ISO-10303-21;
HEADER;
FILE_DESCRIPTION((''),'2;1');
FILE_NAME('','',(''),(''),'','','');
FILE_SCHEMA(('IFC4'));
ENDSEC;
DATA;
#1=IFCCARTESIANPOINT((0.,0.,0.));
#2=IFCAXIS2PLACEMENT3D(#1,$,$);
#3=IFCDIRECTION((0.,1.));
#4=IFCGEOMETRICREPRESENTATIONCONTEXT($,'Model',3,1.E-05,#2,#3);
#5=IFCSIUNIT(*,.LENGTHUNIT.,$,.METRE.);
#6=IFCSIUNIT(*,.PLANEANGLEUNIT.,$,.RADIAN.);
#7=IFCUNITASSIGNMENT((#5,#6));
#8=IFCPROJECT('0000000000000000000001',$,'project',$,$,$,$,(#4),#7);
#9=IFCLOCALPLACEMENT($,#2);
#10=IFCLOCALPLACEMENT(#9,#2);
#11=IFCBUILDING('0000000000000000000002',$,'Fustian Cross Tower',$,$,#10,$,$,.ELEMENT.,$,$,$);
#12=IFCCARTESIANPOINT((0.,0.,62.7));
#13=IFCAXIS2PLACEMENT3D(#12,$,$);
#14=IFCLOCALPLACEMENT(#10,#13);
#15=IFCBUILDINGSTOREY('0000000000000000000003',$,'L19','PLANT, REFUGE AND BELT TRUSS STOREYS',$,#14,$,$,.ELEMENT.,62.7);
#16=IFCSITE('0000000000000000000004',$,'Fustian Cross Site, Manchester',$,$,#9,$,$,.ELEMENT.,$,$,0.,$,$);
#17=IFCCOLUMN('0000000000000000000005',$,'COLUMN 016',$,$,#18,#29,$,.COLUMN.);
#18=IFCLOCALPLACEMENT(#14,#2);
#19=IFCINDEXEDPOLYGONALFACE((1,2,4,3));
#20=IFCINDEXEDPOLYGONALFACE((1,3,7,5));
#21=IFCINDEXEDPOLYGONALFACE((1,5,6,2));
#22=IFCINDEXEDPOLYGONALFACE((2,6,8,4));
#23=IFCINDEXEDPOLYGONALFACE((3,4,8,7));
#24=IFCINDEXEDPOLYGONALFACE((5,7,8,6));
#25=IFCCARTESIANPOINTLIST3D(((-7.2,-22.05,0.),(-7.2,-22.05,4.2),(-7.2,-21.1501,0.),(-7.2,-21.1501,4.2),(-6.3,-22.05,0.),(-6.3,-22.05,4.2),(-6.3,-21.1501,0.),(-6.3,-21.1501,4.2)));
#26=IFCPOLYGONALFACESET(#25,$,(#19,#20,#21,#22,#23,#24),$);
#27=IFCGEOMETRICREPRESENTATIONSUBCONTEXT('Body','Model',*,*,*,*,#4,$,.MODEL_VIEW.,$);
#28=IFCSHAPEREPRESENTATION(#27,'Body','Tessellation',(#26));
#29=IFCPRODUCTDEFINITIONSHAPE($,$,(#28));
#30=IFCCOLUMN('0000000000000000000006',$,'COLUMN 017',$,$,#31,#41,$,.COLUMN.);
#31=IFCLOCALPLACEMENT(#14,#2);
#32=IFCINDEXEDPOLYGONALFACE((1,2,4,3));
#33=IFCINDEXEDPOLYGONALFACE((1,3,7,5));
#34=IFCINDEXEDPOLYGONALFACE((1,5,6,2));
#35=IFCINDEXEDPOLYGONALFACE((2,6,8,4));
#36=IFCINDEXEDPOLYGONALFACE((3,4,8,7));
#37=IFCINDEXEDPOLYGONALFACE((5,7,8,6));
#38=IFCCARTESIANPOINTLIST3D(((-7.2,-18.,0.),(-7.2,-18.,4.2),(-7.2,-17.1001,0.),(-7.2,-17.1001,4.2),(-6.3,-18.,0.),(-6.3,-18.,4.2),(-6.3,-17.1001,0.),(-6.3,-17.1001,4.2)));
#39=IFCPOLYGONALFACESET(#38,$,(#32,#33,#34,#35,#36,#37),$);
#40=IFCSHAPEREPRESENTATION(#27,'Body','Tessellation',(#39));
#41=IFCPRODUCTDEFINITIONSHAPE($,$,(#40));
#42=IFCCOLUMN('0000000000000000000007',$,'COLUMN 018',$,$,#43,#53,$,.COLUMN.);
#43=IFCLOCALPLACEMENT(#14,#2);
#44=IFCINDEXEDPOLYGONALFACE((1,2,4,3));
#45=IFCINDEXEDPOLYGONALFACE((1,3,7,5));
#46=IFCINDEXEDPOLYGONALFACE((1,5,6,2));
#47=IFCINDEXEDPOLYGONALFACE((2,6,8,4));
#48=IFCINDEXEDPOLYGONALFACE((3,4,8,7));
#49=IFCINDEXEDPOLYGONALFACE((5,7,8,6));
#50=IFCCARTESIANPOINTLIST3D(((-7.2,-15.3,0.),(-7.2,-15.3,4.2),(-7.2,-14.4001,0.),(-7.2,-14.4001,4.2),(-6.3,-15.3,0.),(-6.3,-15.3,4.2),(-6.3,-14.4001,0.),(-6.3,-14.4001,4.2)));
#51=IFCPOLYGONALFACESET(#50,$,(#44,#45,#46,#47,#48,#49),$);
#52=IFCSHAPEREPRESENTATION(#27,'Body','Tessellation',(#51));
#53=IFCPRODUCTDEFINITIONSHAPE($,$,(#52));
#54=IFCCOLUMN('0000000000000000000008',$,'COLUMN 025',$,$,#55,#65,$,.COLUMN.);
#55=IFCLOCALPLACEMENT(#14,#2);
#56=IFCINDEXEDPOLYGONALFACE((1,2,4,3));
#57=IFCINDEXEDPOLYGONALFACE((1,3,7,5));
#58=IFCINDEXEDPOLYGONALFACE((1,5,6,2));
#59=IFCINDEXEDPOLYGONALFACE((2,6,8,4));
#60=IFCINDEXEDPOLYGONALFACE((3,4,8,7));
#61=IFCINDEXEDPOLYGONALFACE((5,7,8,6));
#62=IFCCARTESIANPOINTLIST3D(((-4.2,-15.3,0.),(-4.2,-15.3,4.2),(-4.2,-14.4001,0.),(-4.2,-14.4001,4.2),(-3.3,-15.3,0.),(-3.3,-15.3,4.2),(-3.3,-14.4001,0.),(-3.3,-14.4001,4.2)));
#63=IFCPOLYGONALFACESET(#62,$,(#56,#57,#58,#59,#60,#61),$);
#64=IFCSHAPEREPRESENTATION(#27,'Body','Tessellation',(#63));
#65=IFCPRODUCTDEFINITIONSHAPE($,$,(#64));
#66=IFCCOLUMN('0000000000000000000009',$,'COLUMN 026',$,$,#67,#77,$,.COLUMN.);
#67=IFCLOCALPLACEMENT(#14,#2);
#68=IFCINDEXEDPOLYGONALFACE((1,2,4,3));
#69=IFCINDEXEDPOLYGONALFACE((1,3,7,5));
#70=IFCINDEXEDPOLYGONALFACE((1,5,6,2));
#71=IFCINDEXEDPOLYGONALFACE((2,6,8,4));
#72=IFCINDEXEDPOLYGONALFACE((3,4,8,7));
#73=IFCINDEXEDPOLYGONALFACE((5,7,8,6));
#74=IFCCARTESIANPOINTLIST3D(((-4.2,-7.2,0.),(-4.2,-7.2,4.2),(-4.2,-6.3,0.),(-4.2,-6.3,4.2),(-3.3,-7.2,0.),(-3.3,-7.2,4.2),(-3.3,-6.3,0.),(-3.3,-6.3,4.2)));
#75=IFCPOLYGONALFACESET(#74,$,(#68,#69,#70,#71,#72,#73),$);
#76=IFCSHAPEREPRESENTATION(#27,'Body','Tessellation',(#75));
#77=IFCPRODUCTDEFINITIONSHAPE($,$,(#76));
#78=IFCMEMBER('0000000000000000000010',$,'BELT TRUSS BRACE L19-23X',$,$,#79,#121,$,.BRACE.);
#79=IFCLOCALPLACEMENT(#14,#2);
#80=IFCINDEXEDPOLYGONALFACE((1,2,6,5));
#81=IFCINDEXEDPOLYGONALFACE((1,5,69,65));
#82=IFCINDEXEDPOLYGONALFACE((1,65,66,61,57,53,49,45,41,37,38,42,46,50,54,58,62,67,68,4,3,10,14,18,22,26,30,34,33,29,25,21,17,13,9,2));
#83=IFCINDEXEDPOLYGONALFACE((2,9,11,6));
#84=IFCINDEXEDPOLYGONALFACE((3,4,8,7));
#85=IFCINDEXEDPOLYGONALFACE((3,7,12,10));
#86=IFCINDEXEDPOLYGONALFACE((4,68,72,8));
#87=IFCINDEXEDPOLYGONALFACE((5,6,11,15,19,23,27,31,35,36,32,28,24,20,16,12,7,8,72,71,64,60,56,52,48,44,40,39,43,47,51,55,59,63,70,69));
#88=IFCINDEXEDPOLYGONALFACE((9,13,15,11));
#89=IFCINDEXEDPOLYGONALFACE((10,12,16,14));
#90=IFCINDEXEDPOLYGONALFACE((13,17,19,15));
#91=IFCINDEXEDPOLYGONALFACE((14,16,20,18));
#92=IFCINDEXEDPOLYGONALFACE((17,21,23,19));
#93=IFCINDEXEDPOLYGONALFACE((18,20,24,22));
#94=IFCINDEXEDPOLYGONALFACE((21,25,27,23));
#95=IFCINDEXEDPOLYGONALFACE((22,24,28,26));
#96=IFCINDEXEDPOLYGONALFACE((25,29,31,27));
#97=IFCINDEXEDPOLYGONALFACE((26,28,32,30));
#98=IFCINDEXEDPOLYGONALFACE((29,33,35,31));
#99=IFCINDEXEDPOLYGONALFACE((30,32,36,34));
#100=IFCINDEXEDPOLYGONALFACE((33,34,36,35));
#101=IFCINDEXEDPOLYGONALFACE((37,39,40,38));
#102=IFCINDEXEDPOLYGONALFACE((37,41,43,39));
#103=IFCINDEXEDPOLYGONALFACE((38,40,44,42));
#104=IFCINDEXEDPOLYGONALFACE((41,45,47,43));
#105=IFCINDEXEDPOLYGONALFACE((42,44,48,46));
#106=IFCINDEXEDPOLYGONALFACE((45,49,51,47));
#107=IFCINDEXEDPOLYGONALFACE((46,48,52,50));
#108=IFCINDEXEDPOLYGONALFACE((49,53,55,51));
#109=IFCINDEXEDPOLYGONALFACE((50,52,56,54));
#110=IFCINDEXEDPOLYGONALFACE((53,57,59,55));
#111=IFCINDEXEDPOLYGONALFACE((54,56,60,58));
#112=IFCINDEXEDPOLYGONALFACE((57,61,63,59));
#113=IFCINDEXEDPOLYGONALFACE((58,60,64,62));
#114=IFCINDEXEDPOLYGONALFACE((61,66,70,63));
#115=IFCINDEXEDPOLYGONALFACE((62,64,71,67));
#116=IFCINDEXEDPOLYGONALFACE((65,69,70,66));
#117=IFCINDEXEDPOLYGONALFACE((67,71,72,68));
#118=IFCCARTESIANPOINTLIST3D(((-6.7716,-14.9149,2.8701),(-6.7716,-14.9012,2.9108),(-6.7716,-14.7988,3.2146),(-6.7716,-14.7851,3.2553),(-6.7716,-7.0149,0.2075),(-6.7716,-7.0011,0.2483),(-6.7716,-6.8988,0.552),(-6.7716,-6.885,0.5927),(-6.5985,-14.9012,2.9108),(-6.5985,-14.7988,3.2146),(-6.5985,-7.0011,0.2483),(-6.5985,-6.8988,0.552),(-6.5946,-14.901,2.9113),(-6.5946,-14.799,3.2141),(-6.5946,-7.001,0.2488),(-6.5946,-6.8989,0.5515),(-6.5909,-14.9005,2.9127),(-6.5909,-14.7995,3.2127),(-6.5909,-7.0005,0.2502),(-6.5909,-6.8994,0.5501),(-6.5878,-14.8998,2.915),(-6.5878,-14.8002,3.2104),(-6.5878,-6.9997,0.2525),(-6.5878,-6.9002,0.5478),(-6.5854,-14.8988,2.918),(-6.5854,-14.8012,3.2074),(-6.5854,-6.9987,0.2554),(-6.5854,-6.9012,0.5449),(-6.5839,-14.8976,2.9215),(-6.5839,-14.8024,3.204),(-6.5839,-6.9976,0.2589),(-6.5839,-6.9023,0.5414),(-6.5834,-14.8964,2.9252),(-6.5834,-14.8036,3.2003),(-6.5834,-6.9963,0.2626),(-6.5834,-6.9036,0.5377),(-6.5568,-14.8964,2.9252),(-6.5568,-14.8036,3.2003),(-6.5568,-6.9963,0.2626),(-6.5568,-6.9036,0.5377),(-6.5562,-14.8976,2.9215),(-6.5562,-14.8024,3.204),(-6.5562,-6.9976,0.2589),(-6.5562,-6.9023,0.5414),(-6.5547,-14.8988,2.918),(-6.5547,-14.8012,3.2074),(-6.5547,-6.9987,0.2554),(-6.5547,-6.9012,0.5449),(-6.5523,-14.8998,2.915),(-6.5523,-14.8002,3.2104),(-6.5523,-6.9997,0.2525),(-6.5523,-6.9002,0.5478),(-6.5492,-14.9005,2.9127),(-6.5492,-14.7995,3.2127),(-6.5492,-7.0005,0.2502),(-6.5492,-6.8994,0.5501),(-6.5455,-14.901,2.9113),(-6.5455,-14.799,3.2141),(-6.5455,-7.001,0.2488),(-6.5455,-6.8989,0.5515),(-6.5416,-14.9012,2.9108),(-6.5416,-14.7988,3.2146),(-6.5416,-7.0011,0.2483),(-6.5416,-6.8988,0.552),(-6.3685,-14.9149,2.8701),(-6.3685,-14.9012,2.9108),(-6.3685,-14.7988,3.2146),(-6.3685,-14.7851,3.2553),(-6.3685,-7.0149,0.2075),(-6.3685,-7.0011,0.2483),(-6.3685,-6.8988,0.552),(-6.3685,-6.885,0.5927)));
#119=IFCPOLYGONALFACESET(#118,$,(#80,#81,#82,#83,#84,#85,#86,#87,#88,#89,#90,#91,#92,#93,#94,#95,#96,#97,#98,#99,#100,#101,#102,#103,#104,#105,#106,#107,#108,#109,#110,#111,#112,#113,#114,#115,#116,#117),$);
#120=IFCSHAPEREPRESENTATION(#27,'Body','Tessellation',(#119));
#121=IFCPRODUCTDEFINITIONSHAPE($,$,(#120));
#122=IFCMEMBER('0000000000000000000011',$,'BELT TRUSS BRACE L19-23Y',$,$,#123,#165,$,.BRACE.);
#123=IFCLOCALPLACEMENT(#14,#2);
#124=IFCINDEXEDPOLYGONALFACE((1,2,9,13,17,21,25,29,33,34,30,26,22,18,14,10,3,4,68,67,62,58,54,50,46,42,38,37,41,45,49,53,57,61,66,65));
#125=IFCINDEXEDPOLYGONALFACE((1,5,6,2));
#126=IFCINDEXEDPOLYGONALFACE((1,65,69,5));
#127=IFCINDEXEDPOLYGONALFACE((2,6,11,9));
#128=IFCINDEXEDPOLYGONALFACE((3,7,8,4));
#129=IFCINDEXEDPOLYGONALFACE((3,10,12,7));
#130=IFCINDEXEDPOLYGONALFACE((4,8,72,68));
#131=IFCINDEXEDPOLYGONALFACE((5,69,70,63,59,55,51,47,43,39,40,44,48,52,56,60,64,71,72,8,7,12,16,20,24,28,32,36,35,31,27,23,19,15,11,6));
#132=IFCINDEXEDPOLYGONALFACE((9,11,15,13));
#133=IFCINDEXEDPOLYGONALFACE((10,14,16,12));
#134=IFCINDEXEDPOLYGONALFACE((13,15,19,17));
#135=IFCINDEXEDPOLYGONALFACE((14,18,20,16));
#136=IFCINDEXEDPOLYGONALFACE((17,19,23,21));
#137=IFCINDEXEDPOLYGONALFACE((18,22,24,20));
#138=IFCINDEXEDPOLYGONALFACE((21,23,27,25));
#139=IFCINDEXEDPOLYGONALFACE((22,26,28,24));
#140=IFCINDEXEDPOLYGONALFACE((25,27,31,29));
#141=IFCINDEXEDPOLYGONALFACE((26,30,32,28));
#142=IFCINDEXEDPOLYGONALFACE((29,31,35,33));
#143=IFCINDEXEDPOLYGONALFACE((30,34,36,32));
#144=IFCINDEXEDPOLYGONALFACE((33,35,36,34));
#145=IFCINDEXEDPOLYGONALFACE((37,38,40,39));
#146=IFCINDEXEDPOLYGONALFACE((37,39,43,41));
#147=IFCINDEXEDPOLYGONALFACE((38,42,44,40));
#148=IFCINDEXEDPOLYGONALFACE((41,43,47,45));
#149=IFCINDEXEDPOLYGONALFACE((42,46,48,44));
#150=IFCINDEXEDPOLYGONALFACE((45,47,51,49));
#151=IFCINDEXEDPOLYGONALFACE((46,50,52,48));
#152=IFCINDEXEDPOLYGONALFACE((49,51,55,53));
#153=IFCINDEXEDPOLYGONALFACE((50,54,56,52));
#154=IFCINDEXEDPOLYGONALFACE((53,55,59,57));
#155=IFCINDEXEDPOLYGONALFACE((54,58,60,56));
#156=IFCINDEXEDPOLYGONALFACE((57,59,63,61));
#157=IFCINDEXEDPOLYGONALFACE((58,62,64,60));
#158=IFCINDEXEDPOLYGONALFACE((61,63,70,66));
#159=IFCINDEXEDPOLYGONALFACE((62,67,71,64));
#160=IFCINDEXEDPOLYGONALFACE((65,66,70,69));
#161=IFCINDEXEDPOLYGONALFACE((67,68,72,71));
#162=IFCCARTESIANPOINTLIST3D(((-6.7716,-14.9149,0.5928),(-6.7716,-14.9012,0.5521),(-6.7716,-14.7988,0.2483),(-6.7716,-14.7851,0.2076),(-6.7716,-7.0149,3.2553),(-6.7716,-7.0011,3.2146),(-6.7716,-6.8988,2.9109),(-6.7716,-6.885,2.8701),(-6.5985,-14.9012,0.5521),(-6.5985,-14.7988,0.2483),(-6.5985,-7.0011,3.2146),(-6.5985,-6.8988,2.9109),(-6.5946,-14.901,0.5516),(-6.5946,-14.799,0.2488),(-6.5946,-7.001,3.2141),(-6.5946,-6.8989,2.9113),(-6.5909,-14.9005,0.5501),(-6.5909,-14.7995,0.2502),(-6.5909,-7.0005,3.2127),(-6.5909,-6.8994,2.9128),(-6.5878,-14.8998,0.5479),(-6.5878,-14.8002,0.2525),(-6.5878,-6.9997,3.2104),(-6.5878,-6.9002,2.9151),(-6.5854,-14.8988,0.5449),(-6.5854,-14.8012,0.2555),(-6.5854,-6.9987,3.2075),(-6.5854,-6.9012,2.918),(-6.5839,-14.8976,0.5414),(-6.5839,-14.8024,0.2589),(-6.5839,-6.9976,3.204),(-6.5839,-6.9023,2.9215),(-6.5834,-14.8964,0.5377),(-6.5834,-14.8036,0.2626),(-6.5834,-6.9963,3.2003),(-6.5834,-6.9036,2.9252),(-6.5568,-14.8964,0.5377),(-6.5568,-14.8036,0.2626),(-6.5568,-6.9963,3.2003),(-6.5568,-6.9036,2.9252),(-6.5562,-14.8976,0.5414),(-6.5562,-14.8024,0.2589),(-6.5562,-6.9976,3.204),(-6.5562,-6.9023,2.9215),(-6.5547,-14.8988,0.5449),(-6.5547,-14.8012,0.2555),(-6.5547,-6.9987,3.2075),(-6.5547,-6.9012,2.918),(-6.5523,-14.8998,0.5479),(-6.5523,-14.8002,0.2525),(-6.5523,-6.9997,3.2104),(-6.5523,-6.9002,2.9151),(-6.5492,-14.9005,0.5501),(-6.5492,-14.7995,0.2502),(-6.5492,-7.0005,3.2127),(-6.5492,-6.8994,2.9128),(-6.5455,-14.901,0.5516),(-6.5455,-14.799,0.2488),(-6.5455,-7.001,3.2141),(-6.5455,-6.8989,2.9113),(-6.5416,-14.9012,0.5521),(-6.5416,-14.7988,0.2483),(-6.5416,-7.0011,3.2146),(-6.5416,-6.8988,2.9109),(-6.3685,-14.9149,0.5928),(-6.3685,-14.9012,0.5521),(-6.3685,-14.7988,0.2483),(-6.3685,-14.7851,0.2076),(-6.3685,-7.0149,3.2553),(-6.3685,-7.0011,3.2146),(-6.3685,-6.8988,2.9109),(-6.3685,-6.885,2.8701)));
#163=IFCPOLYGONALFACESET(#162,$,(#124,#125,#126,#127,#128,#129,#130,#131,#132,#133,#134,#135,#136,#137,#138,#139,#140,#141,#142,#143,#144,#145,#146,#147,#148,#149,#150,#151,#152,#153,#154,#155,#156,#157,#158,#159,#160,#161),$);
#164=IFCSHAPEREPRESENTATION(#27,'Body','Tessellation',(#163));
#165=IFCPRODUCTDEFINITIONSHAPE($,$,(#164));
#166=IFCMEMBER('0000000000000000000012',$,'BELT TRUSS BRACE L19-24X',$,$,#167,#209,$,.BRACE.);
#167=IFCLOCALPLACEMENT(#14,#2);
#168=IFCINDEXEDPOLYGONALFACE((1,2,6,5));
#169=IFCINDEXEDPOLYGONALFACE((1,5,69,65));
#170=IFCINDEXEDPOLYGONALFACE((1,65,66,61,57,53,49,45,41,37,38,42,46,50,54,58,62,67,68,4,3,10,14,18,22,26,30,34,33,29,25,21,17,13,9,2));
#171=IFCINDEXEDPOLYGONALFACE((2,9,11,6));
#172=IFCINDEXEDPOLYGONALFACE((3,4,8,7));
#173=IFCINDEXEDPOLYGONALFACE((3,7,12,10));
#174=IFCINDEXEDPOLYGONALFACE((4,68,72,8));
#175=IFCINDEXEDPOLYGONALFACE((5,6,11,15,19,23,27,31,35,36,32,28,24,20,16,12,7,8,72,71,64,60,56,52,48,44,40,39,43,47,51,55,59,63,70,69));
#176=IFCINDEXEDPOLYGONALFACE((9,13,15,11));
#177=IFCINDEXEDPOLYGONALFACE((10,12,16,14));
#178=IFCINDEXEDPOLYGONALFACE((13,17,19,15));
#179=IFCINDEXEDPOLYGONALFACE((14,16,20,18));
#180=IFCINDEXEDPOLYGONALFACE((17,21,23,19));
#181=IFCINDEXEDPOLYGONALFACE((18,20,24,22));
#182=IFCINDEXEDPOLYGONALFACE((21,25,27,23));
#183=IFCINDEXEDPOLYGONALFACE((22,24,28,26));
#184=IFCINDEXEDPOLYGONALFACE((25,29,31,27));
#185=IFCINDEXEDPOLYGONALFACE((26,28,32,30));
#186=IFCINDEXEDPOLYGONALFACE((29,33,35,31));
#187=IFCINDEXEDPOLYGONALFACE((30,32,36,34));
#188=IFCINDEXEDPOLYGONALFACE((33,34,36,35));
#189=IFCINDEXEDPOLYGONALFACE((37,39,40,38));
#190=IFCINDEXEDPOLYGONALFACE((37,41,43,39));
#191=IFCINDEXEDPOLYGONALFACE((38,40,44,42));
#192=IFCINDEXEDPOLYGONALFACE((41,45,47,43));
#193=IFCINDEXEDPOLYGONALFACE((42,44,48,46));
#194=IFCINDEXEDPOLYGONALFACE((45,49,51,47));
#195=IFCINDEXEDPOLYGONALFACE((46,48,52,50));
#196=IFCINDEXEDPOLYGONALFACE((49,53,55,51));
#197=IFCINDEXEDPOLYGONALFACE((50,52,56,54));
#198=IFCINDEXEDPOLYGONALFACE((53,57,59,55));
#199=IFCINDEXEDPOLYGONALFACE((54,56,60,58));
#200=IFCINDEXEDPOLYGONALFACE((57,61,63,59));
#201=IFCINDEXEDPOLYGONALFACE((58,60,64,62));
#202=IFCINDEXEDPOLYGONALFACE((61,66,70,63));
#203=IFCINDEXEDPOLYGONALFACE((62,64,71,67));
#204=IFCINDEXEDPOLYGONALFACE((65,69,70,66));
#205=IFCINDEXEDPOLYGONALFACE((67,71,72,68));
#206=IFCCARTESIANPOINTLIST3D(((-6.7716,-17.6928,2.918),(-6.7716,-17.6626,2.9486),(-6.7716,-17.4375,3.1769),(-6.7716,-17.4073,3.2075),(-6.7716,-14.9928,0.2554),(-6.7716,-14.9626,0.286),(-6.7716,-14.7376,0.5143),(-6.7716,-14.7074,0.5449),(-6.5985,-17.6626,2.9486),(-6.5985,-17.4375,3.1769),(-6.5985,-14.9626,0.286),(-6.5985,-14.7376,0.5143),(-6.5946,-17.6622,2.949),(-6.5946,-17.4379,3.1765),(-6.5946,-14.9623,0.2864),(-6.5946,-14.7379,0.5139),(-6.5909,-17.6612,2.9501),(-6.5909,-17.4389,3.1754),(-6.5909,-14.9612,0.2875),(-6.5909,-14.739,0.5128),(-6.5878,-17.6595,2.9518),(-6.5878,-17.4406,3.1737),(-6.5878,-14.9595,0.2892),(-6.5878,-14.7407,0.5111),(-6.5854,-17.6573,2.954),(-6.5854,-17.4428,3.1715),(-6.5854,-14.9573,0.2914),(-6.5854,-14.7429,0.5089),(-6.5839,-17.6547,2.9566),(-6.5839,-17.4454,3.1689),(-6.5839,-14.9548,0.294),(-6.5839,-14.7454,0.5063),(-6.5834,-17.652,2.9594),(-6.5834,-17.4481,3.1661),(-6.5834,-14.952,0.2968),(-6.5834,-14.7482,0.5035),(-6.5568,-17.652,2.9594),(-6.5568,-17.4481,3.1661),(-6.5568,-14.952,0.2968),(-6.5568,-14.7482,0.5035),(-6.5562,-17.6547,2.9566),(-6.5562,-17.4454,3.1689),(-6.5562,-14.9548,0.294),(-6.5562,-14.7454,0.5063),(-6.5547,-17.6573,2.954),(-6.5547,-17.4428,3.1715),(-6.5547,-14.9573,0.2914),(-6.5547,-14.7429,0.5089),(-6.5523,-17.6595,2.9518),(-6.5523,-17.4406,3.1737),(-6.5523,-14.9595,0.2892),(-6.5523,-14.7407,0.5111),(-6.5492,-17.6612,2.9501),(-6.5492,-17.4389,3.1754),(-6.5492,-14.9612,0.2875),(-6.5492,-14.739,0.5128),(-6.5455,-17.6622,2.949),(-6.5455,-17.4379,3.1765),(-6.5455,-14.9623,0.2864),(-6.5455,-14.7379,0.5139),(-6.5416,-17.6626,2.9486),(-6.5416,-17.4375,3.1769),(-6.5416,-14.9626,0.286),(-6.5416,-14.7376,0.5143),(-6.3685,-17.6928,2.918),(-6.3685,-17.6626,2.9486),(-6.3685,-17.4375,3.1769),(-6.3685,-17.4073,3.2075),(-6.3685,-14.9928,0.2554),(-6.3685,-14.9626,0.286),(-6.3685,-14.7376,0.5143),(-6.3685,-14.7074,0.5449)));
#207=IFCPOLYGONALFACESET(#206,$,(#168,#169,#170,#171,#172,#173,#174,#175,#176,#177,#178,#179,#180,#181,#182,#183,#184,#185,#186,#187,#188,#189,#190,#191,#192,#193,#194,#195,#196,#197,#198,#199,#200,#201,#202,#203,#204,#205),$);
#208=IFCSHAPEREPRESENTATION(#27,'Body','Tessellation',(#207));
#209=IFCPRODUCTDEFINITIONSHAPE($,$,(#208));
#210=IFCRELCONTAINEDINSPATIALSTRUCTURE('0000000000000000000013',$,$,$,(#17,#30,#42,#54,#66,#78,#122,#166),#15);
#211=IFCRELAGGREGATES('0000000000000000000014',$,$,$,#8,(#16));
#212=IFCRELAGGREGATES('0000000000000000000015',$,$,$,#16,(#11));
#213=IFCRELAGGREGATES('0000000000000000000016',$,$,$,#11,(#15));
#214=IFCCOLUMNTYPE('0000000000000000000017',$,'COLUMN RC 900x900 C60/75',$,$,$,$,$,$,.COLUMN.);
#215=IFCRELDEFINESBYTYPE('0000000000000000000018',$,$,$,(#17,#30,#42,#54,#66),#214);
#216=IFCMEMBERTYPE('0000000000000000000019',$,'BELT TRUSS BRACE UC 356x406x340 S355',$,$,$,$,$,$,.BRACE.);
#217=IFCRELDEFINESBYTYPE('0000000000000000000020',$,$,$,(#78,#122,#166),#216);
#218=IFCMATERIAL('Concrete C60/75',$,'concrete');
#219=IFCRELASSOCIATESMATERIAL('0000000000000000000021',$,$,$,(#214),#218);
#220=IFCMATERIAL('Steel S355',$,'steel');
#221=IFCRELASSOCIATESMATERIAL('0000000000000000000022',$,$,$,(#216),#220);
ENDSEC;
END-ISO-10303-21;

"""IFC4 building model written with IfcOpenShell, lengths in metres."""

from ifc_helpers import new_model, si_unit, direction, frame, origin, origin_2d, place, context, subcontext, project, spatial, rectangle, i_section, extrude, material, material_profile, profile_set, type_object, element, save


model = new_model("IFC4")

# Units and contexts
model_context = context("Model", 3, precision=1e-05, world=origin(), true_north=direction((0.0, 1.0)))
body_context = subcontext(model_context, "Body", "Model", "MODEL_VIEW")
ifc_project = project(units=[si_unit("LENGTHUNIT", "METRE"), si_unit("PLANEANGLEUNIT", "RADIAN")], contexts=[model_context])

# Site, building, storey
site_placement = place(None, origin())
site = spatial("IfcSite", under=ifc_project, at=site_placement, Name="Fustian Cross Site, Manchester", CompositionType="ELEMENT", RefElevation=0.0)
building_placement = place(site_placement, origin())
building = spatial("IfcBuilding", under=site, at=building_placement, Name="Fustian Cross Tower", CompositionType="ELEMENT")
storey_placement = place(building_placement, frame((0.0, 0.0, 62.7)))
storey = spatial("IfcBuildingStorey", under=building, at=storey_placement, Name="L19", Description="PLANT, REFUGE AND BELT TRUSS STOREYS", CompositionType="ELEMENT", Elevation=62.7)

# Columns
ifc_material_1 = material(Name="Concrete C60/75", Category="concrete")
ifc_material_profile_1 = material_profile(ifc_material_1, rectangle(XDim=0.8999, YDim=0.8999, at=origin_2d()), Name="RC 900x900")
ifc_profile_set_1 = profile_set([ifc_material_profile_1], Name="Concrete C60/75")
column_type = type_object("IfcColumnType", Name="COLUMN RC 900x900 C60/75", PredefinedType="COLUMN", material=ifc_profile_set_1)
for number, where, z_axis, x_axis, name in (
    (1, (-6.75, -21.6001, 0.0), (0.0, 0.0, 1.0), (1.0, 0.0, 0.0), "COLUMN 016"),
    (2, (-6.75, -17.55, 0.0), (0.0, 0.0, 1.0), (1.0, 0.0, 0.0), "COLUMN 017"),
    (3, (-6.75, -14.8501, 0.0), (0.0, 0.0, 1.0), (1.0, 0.0, 0.0), "COLUMN 018"),
    (4, (-3.75, -14.8501, 0.0), (0.0, 0.0, 1.0), (1.0, 0.0, 0.0), "COLUMN 025"),
    (5, (-3.75, -6.75, 0.0), (0.0, 0.0, 1.0), (1.0, 0.0, 0.0), "COLUMN 026"),
):
    element("IfcColumn", number, at=place(storey_placement, frame(where, z_axis=z_axis, x_axis=x_axis)), inside=storey, type_object=column_type, Name=name, PredefinedType="COLUMN", context=body_context, shape_type="SweptSolid", body=[
        extrude(rectangle(XDim=0.8999, YDim=0.8999, at=origin_2d()), origin(), (0.0, 0.0, 1.0), 4.2),
    ])

# Members
ifc_material_2 = material(Name="Steel S355", Category="steel")
ifc_material_profile_2 = material_profile(ifc_material_2, i_section(OverallWidth=0.4031, OverallDepth=0.4065, WebThickness=0.0266, FlangeThickness=0.043, FilletRadius=0.0151, at=origin_2d()), Name="UC 356x406x340")
ifc_profile_set_2 = profile_set([ifc_material_profile_2], Name="Steel S355")
member_type_1 = type_object("IfcMemberType", Name="BELT TRUSS BRACE UC 356x406x340 S355", PredefinedType="BRACE", material=ifc_profile_set_2)
for number, where, z_axis, x_axis, name in (
    (6, (-6.5701, -6.95, 0.4001), (0.0, -0.947627, 0.31938), (1.0, 0.0, 0.0), "BELT TRUSS BRACE L19-23X"),
    (7, (-6.5701, -6.95, 3.0627), (0.0, -0.947627, -0.31938), (1.0, 0.0, 0.0), "BELT TRUSS BRACE L19-23Y"),
):
    element("IfcMember", number, at=place(storey_placement, frame(where, z_axis=z_axis, x_axis=x_axis)), inside=storey, type_object=member_type_1, Name=name, PredefinedType="BRACE", context=body_context, shape_type="SweptSolid", body=[
        extrude(i_section(OverallWidth=0.4031, OverallDepth=0.4065, WebThickness=0.0266, FlangeThickness=0.043, FilletRadius=0.0151, at=origin_2d()), origin(), (0.0, 0.0, 1.0), 8.3367),
    ])
for number, where, z_axis, x_axis, name in (
    (8, (-6.5701, -14.8501, 0.4001), (0.0, -0.712015, 0.702164), (1.0, 0.0, 0.0), "BELT TRUSS BRACE L19-24X"),
):
    element("IfcMember", number, at=place(storey_placement, frame(where, z_axis=z_axis, x_axis=x_axis)), inside=storey, type_object=member_type_1, Name=name, PredefinedType="BRACE", context=body_context, shape_type="SweptSolid", body=[
        extrude(i_section(OverallWidth=0.4031, OverallDepth=0.4065, WebThickness=0.0266, FlangeThickness=0.043, FilletRadius=0.0151, at=origin_2d()), origin(), (0.0, 0.0, 1.0), 3.792),
    ])

save(model, "model.ifc")
